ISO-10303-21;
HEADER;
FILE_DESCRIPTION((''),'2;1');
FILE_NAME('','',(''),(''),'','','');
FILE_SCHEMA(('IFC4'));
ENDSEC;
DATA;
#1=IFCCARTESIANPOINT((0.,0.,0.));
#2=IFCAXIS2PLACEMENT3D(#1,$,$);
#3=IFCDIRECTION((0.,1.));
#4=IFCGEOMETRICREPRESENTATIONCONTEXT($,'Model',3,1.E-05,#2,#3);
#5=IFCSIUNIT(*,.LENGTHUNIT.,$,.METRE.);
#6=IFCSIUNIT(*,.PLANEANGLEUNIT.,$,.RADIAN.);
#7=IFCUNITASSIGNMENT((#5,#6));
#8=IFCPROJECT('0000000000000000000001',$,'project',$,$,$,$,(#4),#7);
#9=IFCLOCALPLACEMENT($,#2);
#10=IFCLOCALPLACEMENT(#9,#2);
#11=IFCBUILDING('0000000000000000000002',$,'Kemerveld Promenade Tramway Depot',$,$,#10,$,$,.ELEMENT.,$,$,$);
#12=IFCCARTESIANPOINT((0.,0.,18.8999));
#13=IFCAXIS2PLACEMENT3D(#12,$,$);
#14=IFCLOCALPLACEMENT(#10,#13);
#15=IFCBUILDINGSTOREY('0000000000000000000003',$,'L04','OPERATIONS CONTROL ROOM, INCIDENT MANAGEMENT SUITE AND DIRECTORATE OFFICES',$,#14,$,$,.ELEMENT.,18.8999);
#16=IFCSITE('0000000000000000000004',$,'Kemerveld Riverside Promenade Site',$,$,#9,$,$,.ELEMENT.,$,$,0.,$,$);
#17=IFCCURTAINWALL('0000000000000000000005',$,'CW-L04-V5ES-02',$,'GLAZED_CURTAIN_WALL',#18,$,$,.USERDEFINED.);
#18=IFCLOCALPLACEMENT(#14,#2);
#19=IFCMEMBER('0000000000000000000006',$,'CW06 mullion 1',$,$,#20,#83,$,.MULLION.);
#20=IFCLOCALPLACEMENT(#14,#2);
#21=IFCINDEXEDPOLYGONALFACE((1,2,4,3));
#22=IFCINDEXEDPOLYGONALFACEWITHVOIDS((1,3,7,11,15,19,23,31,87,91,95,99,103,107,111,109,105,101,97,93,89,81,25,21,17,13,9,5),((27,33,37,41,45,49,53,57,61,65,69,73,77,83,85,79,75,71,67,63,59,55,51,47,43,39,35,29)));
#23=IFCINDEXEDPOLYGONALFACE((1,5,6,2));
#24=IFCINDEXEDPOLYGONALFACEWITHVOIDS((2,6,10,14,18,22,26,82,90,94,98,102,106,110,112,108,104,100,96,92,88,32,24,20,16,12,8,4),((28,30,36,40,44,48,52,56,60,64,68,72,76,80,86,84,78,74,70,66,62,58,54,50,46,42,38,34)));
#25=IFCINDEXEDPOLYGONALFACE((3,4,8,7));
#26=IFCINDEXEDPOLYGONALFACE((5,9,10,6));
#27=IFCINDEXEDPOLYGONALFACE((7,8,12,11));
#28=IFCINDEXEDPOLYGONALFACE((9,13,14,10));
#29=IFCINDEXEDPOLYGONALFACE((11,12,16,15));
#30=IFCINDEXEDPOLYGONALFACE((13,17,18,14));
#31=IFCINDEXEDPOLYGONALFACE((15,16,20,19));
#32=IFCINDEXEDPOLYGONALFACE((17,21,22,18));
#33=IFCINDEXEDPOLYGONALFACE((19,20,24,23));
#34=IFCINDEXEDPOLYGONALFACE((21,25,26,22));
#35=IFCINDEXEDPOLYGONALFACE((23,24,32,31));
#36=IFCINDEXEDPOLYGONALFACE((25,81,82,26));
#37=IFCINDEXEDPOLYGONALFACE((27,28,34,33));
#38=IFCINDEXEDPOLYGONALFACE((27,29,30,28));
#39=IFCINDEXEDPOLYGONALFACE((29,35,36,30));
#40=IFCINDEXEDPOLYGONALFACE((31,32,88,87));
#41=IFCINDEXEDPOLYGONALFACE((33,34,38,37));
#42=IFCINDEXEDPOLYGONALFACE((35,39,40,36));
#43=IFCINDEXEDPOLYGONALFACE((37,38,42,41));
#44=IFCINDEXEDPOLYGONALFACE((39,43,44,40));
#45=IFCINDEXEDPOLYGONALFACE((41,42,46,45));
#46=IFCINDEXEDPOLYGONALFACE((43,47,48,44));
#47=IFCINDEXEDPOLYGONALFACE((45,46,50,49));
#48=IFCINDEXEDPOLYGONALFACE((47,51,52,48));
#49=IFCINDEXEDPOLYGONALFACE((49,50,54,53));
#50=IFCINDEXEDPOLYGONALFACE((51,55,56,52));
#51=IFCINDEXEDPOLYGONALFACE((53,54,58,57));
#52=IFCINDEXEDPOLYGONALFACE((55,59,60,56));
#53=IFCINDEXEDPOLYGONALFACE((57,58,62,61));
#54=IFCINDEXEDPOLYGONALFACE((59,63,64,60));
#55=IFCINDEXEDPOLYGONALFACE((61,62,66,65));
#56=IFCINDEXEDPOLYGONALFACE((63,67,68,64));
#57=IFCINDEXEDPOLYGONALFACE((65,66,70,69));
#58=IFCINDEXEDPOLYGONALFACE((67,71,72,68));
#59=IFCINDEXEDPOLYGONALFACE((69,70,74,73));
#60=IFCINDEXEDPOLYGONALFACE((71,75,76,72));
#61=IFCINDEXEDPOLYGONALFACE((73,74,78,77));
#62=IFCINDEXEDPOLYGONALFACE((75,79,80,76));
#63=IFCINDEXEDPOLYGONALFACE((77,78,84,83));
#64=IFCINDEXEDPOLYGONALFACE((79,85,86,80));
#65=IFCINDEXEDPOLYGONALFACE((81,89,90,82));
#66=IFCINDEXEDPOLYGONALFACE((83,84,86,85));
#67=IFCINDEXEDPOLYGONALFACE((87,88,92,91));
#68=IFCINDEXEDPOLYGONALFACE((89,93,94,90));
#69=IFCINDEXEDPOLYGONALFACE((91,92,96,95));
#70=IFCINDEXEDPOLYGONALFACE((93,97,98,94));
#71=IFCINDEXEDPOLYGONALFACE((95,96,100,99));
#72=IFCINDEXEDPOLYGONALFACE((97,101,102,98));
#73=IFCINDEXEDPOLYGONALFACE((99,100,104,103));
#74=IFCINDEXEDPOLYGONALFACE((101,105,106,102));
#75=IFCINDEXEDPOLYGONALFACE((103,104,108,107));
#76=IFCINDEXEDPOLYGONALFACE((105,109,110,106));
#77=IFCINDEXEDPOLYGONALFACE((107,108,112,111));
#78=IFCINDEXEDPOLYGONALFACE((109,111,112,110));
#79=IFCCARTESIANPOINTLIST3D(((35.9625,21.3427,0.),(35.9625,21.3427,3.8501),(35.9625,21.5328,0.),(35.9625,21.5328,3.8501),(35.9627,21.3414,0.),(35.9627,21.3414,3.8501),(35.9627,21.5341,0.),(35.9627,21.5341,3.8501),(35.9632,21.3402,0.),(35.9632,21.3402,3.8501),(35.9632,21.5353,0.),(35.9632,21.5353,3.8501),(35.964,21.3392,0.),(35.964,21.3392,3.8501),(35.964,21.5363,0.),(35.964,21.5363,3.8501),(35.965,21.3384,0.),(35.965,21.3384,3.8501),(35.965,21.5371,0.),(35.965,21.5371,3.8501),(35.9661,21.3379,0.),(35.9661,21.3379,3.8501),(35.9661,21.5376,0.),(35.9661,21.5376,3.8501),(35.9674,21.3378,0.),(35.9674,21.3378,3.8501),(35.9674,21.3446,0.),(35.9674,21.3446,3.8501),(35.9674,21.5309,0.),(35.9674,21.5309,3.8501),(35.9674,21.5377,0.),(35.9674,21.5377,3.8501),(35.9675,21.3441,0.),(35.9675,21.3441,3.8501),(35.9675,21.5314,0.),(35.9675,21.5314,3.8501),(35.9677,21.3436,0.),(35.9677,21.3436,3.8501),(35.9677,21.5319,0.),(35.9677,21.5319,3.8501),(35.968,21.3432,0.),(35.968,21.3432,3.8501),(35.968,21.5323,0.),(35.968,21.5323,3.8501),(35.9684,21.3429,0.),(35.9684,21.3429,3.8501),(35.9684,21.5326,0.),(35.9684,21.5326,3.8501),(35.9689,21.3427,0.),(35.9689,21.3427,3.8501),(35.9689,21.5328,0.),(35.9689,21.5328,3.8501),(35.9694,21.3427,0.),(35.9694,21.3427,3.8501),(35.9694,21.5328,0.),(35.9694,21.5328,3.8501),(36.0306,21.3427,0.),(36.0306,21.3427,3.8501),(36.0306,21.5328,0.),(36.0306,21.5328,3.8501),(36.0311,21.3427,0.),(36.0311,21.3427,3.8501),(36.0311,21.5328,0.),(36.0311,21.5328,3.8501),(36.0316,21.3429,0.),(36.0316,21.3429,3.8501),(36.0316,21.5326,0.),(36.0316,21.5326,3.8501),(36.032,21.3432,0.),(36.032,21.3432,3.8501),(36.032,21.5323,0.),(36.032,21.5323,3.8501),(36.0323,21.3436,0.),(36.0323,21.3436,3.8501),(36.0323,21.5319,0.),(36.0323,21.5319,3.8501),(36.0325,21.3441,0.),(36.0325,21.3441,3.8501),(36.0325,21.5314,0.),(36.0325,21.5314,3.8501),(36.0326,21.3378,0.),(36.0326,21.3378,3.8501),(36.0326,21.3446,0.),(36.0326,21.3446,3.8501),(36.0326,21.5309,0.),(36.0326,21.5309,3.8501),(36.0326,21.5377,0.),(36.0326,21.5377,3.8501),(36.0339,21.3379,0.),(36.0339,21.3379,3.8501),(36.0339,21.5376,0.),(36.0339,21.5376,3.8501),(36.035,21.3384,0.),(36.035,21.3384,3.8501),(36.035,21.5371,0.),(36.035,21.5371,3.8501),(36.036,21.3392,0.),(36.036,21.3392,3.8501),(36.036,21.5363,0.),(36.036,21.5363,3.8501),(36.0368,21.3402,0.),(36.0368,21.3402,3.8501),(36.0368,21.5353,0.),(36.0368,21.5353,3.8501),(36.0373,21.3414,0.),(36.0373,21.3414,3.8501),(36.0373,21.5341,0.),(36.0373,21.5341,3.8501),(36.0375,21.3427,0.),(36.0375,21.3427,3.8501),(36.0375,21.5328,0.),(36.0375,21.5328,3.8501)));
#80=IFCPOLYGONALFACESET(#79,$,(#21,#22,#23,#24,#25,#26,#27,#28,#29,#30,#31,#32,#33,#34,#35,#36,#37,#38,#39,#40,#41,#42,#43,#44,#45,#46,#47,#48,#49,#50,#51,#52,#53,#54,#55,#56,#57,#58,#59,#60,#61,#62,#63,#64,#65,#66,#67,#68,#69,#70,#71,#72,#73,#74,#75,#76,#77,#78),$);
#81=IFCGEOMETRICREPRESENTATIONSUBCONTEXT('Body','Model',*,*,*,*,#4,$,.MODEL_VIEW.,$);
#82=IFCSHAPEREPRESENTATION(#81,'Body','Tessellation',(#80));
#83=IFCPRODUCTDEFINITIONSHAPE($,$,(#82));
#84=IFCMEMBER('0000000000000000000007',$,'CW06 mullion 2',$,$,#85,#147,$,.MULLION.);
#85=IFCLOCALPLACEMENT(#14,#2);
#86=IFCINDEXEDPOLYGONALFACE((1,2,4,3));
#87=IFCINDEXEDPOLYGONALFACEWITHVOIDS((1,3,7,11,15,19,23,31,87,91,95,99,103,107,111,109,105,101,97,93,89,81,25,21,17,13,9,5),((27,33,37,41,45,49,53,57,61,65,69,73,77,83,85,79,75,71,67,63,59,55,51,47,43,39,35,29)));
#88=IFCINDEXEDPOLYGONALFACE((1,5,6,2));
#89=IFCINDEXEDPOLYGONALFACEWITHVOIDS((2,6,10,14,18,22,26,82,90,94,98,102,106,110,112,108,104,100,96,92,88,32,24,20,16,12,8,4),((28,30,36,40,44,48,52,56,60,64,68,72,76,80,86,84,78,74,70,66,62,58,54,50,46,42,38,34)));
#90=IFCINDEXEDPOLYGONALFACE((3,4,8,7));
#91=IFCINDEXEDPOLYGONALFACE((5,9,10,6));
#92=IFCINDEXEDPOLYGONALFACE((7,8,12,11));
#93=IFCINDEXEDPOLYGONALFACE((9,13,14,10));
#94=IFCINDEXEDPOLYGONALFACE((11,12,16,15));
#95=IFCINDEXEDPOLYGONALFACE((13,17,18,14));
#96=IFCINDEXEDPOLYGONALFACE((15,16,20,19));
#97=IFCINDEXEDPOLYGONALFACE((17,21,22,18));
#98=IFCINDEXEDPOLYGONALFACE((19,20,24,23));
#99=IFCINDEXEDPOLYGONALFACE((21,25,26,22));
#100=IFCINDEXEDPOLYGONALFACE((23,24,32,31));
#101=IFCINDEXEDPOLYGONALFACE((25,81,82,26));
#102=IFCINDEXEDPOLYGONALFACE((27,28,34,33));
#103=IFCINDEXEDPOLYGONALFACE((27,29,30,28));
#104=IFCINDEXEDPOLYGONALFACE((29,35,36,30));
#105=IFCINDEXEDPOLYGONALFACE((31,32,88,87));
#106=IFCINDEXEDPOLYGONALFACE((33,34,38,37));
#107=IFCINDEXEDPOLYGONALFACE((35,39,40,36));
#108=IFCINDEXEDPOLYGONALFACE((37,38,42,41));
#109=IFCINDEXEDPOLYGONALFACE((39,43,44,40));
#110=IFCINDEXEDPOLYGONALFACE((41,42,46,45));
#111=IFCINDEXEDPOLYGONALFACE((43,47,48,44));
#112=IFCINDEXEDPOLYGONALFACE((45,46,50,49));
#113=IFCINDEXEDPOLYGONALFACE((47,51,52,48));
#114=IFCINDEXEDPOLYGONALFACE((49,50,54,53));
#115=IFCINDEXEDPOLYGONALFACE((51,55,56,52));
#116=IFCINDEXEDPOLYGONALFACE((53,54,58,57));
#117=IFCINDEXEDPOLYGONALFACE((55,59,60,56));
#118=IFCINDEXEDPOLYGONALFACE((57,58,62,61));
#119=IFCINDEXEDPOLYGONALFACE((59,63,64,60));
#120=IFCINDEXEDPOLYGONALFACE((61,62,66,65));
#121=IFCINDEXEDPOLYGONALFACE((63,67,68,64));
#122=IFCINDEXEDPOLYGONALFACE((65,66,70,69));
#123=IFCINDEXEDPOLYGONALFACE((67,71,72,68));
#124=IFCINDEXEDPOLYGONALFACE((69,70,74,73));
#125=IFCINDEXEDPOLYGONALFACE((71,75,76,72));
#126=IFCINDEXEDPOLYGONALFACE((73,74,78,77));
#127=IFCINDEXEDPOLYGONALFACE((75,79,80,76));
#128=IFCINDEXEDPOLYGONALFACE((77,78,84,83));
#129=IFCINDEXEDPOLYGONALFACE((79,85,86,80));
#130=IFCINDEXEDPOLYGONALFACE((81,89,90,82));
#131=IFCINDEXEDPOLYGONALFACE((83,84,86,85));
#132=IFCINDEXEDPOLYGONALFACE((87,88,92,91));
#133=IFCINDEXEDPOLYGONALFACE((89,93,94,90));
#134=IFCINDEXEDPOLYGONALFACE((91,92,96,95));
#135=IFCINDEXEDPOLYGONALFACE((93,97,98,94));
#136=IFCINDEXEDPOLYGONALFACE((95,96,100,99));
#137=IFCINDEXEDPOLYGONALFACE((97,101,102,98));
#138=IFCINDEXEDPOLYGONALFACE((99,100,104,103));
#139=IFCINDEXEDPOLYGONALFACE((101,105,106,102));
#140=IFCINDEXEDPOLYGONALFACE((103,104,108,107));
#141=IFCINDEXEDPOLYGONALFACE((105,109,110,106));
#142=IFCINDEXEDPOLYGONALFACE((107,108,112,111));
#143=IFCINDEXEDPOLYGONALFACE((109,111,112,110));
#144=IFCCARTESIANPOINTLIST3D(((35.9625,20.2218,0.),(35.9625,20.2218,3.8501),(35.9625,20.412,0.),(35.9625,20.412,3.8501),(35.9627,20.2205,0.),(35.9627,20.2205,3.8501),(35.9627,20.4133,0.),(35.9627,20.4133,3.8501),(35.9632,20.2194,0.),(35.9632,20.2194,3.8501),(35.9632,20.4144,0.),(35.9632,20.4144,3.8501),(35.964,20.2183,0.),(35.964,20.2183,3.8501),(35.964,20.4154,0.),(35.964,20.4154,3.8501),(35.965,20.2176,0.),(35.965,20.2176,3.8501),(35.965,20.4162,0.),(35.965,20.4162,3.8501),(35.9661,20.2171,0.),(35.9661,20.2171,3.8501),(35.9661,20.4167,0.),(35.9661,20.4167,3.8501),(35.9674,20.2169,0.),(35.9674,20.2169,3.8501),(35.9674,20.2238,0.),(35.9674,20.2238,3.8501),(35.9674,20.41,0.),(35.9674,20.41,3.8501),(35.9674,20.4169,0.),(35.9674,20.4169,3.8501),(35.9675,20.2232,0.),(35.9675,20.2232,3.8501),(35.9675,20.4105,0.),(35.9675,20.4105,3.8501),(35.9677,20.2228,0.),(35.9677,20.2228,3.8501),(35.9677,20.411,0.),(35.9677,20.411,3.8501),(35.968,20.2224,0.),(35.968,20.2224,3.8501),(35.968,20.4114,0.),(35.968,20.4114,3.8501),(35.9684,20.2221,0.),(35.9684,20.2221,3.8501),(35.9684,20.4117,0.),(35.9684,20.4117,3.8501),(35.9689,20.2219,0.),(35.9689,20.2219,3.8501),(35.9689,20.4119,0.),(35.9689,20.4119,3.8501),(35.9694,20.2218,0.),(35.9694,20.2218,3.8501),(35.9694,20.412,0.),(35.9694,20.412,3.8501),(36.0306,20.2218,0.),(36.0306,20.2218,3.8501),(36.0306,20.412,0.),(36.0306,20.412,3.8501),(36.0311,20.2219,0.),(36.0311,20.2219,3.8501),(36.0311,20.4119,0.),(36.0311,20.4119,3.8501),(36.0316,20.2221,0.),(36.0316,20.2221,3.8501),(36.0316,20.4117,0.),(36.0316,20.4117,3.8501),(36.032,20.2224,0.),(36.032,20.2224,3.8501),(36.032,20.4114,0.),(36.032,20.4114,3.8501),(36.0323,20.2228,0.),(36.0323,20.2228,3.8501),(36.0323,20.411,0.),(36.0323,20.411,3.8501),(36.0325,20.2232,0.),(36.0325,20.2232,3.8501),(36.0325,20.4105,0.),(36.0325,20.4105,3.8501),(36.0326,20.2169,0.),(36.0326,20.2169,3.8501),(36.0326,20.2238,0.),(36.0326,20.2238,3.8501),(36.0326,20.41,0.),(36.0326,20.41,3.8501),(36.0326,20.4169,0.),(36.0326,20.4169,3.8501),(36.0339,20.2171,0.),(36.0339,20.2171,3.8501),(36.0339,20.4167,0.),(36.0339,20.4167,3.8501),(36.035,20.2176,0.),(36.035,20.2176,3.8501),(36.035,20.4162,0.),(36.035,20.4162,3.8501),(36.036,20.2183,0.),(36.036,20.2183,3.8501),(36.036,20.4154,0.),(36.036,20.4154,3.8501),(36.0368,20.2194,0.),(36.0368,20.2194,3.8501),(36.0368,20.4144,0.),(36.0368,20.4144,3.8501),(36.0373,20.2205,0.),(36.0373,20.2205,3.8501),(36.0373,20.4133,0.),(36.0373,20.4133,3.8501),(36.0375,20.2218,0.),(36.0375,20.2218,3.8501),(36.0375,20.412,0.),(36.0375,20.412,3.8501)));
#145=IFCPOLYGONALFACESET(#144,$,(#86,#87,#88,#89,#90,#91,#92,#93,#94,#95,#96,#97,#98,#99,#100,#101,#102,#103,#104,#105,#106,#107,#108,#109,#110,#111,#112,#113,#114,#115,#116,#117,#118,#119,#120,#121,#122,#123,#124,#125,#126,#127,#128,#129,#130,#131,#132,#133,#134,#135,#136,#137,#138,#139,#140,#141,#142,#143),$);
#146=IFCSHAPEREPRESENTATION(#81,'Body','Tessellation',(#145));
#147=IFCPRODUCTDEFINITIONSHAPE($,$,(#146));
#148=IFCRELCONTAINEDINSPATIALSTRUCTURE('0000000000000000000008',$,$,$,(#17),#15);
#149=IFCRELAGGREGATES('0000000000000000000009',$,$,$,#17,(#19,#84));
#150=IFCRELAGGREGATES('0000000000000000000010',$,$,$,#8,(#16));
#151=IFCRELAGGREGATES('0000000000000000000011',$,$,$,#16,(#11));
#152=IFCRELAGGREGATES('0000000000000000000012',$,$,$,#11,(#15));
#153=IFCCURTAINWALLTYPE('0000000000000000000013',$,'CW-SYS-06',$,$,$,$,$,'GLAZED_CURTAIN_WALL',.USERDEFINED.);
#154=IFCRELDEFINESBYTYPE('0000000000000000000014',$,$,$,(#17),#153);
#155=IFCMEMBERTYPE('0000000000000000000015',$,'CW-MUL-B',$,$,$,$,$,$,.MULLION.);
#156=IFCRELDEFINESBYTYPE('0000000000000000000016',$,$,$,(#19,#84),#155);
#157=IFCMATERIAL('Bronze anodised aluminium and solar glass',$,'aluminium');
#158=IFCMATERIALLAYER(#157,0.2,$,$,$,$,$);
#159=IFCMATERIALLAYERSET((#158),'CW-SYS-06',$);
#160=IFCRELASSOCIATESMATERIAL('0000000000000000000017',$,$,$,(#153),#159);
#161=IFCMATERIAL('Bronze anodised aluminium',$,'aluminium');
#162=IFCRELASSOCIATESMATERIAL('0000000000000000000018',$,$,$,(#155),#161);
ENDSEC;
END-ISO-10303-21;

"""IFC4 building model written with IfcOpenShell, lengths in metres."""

from ifc_helpers import new_model, si_unit, direction, frame, origin, origin_2d, place, context, subcontext, project, spatial, hollow_rectangle, extrude, material, layer, layer_set, material_profile, profile_set, type_object, element, aggregate, save


model = new_model("IFC4")

# Units and contexts
model_context = context("Model", 3, precision=1e-05, world=origin(), true_north=direction((0.0, 1.0)))
body_context = subcontext(model_context, "Body", "Model", "MODEL_VIEW")
ifc_project = project(units=[si_unit("LENGTHUNIT", "METRE"), si_unit("PLANEANGLEUNIT", "RADIAN")], contexts=[model_context])

# Site, building, storey
site_placement = place(None, origin())
site = spatial("IfcSite", under=ifc_project, at=site_placement, Name="Kemerveld Riverside Promenade Site", CompositionType="ELEMENT", RefElevation=0.0)
building_placement = place(site_placement, origin())
building = spatial("IfcBuilding", under=site, at=building_placement, Name="Kemerveld Promenade Tramway Depot", CompositionType="ELEMENT")
storey_placement = place(building_placement, frame((0.0, 0.0, 18.8999)))
storey = spatial("IfcBuildingStorey", under=building, at=storey_placement, Name="L04", Description="OPERATIONS CONTROL ROOM, INCIDENT MANAGEMENT SUITE AND DIRECTORATE OFFICES", CompositionType="ELEMENT", Elevation=18.8999)

# Curtain wall, members
ifc_material_1 = material(Name="Bronze anodised aluminium and solar glass", Category="aluminium")
ifc_layer_1 = layer(ifc_material_1, 0.2)
ifc_layer_set_1 = layer_set([ifc_layer_1], Name="CW-SYS-06")
curtain_wall_type = type_object("IfcCurtainWallType", Name="CW-SYS-06", ElementType="GLAZED_CURTAIN_WALL", PredefinedType="USERDEFINED", material=ifc_layer_set_1)
curtain_wall_placement = place(storey_placement, origin())
curtain_wall = element("IfcCurtainWall", 1, at=curtain_wall_placement, inside=storey, type_object=curtain_wall_type, Name="CW-L04-V5ES-02", ObjectType="GLAZED_CURTAIN_WALL", PredefinedType="USERDEFINED")
ifc_material_2 = material(Name="Bronze anodised aluminium", Category="aluminium")
ifc_material_profile_1 = material_profile(ifc_material_2, hollow_rectangle(XDim=0.075, YDim=0.2, WallThickness=0.0049, InnerFilletRadius=0.002, OuterFilletRadius=0.0049, at=origin_2d()), Name="CW-MUL-200x75")
ifc_profile_set_1 = profile_set([ifc_material_profile_1], Name="Bronze anodised aluminium")
member_type_1 = type_object("IfcMemberType", Name="CW-MUL-B", PredefinedType="MULLION", material=ifc_profile_set_1)
member_1_placement = place(storey_placement, frame((36.0, 21.4377, 0.0), z_axis=(0.0, 0.0, 1.0), x_axis=(1.0, 0.0, 0.0)))
member_1 = element("IfcMember", 2, at=member_1_placement, type_object=member_type_1, Name="CW06 mullion 1", PredefinedType="MULLION", context=body_context, shape_type="SweptSolid", body=[
    extrude(hollow_rectangle(XDim=0.075, YDim=0.2, WallThickness=0.0049, InnerFilletRadius=0.002, OuterFilletRadius=0.0049, at=origin_2d()), origin(), (0.0, 0.0, 1.0), 3.8501),
])
member_2_placement = place(storey_placement, frame((36.0, 20.3169, 0.0), z_axis=(0.0, 0.0, 1.0), x_axis=(1.0, 0.0, 0.0)))
member_2 = element("IfcMember", 3, at=member_2_placement, type_object=member_type_1, Name="CW06 mullion 2", PredefinedType="MULLION", context=body_context, shape_type="SweptSolid", body=[
    extrude(hollow_rectangle(XDim=0.075, YDim=0.2, WallThickness=0.0049, InnerFilletRadius=0.002, OuterFilletRadius=0.0049, at=origin_2d()), origin(), (0.0, 0.0, 1.0), 3.8501),
])
aggregate(curtain_wall, [member_1, member_2])

save(model, "model.ifc")
